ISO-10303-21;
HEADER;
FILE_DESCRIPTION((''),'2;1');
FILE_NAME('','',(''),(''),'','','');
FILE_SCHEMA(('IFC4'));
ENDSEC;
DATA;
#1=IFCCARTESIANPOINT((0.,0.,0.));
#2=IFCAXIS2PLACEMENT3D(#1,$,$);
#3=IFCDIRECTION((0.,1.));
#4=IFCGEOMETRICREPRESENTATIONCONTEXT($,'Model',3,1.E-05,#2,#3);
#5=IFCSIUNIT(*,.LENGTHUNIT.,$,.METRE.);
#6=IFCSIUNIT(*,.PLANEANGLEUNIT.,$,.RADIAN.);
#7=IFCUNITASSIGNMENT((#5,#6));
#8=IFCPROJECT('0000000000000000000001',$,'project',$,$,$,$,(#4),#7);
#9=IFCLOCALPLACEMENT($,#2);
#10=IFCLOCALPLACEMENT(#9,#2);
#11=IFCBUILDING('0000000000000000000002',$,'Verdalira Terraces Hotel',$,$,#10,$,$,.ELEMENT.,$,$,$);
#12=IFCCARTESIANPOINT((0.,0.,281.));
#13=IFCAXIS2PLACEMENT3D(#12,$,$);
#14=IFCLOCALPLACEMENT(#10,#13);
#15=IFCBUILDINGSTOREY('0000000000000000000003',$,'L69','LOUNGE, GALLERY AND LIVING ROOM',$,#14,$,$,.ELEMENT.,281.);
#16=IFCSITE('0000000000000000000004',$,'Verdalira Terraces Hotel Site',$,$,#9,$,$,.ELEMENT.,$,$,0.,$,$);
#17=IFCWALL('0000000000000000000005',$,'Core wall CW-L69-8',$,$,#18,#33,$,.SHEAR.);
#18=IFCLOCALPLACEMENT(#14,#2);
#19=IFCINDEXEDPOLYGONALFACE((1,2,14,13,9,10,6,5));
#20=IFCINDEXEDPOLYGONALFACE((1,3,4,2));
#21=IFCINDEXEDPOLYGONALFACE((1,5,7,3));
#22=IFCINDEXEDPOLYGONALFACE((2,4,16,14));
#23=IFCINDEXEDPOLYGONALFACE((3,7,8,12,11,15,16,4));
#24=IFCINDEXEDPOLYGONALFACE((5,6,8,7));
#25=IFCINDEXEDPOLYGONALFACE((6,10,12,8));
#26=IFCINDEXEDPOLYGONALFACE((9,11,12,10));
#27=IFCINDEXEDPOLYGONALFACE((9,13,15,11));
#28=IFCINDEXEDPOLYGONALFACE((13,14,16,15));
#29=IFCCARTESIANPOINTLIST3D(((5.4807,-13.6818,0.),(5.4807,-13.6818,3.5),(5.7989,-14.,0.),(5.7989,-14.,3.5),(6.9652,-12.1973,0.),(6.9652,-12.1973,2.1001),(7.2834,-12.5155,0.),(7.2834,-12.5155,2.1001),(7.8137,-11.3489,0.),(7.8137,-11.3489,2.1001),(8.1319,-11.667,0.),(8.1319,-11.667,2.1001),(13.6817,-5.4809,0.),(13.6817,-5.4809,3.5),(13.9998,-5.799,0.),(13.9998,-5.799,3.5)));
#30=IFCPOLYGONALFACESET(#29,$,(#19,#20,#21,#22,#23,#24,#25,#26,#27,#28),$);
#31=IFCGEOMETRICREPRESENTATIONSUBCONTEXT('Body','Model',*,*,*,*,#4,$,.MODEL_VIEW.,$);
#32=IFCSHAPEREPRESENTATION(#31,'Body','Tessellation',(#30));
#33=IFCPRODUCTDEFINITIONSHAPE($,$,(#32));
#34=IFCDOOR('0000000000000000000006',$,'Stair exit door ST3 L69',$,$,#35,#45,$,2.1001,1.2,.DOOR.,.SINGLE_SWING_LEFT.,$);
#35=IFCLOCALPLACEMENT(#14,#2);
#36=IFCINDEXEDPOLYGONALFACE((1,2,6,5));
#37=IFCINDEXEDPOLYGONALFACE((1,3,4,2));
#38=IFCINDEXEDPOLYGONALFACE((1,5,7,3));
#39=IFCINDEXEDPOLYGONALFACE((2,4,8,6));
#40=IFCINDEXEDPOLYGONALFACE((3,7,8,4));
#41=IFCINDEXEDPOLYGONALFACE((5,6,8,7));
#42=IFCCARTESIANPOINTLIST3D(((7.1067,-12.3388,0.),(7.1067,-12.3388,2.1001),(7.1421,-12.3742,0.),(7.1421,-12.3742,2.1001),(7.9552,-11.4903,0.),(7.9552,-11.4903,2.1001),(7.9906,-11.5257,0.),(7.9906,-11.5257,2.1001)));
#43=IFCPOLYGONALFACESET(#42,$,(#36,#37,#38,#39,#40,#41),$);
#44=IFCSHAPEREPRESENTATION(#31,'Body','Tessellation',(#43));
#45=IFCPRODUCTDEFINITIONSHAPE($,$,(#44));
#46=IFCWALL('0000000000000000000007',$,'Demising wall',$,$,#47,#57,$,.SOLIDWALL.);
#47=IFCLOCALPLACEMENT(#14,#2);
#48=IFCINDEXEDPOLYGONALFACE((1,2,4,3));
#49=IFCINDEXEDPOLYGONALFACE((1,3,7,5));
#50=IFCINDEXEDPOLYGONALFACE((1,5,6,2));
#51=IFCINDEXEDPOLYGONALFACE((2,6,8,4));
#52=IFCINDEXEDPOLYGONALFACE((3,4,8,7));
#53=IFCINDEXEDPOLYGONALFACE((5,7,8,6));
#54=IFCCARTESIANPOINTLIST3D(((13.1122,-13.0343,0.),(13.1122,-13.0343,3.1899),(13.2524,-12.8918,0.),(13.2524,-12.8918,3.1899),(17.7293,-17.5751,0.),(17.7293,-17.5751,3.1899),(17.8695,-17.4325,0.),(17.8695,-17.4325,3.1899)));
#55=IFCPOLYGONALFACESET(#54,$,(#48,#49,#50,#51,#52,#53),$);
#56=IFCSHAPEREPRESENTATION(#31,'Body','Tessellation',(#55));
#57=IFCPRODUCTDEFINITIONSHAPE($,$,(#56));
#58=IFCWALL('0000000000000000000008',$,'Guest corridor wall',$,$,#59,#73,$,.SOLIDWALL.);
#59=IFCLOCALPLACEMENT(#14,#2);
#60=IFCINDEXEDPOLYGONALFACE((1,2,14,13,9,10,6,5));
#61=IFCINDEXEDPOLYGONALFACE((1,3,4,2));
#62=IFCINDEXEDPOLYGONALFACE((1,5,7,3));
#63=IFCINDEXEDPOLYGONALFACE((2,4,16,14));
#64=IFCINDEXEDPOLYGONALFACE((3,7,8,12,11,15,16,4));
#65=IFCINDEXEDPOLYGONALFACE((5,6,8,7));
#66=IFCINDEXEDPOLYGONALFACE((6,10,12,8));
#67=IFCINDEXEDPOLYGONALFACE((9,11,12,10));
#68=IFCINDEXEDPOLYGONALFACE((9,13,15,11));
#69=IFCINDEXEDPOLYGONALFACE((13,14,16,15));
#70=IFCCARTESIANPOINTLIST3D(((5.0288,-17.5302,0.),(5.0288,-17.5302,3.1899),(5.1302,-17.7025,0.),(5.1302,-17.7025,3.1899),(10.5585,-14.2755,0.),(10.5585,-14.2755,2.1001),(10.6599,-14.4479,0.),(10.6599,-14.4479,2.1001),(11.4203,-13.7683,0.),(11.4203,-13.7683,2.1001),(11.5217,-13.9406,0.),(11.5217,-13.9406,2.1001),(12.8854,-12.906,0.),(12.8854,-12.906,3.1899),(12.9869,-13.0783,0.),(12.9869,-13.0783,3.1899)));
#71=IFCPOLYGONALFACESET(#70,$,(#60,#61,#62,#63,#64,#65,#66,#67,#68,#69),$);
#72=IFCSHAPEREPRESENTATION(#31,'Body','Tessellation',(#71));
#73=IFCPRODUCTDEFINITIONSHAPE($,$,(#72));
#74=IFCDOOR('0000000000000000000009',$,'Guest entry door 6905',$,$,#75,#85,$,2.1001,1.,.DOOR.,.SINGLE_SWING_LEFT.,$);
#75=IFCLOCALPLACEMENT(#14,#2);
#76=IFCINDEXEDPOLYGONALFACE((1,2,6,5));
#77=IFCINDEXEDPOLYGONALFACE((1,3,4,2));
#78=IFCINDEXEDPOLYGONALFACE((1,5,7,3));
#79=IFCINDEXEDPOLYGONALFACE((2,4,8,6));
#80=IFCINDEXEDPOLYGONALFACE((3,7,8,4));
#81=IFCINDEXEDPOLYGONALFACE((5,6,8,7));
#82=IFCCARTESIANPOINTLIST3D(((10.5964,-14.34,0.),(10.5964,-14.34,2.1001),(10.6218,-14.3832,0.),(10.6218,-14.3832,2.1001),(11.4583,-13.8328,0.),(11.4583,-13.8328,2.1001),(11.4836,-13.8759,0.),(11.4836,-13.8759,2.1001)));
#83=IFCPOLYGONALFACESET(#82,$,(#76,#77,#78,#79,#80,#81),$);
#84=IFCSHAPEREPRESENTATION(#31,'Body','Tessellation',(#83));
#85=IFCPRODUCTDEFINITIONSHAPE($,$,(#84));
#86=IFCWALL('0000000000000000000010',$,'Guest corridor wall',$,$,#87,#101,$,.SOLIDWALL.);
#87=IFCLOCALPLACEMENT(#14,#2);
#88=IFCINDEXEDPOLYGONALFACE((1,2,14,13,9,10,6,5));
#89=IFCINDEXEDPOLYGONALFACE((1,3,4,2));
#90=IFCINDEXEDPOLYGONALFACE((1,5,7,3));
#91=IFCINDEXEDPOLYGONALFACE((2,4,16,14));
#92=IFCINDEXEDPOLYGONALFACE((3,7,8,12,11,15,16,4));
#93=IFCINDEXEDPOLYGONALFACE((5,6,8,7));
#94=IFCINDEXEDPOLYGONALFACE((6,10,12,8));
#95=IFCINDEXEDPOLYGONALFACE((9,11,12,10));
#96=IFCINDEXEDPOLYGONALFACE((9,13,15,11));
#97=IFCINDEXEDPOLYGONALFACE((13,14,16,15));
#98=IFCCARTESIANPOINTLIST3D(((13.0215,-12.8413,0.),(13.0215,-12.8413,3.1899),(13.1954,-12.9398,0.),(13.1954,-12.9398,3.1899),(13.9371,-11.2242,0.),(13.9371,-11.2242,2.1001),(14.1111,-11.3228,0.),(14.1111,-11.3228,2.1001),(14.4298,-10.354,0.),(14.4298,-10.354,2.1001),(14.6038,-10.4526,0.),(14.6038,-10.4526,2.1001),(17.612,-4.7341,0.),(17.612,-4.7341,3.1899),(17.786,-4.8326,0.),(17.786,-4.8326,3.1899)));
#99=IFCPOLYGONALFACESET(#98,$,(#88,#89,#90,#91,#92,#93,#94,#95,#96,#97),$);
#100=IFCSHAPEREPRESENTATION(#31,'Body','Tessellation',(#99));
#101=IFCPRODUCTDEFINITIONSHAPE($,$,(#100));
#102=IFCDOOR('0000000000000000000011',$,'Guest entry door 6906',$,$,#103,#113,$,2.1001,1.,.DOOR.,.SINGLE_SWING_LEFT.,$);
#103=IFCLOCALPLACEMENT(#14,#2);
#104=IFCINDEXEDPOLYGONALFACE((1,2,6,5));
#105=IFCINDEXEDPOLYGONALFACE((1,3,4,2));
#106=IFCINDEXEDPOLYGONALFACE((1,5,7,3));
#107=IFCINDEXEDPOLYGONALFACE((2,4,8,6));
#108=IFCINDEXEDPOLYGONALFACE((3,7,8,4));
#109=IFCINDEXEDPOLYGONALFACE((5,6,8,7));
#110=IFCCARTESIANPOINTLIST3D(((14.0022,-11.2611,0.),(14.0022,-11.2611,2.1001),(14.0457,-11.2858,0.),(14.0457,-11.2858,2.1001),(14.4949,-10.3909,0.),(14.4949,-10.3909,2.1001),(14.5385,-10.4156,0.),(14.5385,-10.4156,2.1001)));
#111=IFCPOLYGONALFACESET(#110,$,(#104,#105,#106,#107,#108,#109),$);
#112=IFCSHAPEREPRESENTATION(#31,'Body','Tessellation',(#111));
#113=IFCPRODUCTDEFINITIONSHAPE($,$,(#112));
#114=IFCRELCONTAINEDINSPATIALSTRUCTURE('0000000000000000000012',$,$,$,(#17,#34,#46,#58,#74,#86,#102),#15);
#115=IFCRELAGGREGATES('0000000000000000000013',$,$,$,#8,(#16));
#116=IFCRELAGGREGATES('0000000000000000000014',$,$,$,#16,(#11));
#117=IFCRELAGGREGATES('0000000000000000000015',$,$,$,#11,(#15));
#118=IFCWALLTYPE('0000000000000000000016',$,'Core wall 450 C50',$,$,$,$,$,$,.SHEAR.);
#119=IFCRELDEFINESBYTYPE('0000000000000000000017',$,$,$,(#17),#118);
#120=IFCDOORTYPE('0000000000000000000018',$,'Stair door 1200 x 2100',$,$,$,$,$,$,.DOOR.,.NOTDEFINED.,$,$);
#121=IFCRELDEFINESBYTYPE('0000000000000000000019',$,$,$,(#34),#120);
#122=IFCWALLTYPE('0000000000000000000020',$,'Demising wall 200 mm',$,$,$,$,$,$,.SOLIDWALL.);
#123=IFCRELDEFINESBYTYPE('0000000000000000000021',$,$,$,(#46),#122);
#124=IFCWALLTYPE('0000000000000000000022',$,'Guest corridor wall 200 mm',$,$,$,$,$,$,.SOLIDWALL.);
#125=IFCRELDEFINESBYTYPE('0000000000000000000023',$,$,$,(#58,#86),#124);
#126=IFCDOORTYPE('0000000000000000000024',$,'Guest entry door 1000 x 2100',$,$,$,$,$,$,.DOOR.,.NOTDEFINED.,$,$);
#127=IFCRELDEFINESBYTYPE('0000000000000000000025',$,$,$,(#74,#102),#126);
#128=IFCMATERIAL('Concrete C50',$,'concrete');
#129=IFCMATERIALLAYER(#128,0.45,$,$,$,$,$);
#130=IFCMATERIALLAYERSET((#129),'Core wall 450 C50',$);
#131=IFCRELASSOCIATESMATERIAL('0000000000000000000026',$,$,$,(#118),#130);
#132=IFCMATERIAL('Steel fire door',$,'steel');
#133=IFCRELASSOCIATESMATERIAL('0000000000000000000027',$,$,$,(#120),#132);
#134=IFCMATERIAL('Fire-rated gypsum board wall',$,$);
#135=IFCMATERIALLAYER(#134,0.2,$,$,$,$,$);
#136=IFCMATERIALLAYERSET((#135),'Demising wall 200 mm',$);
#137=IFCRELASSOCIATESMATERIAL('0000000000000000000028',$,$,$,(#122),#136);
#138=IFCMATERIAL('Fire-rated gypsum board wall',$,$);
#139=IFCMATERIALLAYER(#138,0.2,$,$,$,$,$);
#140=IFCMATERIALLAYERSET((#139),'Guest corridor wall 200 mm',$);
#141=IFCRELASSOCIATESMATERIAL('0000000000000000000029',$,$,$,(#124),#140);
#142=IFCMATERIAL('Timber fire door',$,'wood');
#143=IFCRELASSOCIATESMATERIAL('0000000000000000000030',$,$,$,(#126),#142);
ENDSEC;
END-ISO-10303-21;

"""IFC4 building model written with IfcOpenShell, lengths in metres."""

from ifc_helpers import new_model, si_unit, direction, frame, frame_2d, origin, place, context, subcontext, project, spatial, rectangle, extrude, material, layer, layer_set, type_object, element, fill, save


model = new_model("IFC4")

# Units and contexts
model_context = context("Model", 3, precision=1e-05, world=origin(), true_north=direction((0.0, 1.0)))
body_context = subcontext(model_context, "Body", "Model", "MODEL_VIEW")
ifc_project = project(units=[si_unit("LENGTHUNIT", "METRE"), si_unit("PLANEANGLEUNIT", "RADIAN")], contexts=[model_context])

# Site, building, storey
site_placement = place(None, origin())
site = spatial("IfcSite", under=ifc_project, at=site_placement, Name="Verdalira Terraces Hotel Site", CompositionType="ELEMENT", RefElevation=0.0)
building_placement = place(site_placement, origin())
building = spatial("IfcBuilding", under=site, at=building_placement, Name="Verdalira Terraces Hotel", CompositionType="ELEMENT")
storey_placement = place(building_placement, frame((0.0, 0.0, 281.0)))
storey = spatial("IfcBuildingStorey", under=building, at=storey_placement, Name="L69", Description="LOUNGE, GALLERY AND LIVING ROOM", CompositionType="ELEMENT", Elevation=281.0)

# Wall, opening, door
ifc_material_1 = material(Name="Concrete C50", Category="concrete")
ifc_layer_1 = layer(ifc_material_1, 0.45)
ifc_layer_set_1 = layer_set([ifc_layer_1], Name="Core wall 450 C50")
wall_type_1 = type_object("IfcWallType", Name="Core wall 450 C50", PredefinedType="SHEAR", material=ifc_layer_set_1)
wall_1_placement = place(storey_placement, frame((5.6399, -13.8408, 0.0), z_axis=(0.0, 0.0, 1.0), x_axis=(0.707107, 0.707107, 0.0)))
wall_1 = element("IfcWall", 1, at=wall_1_placement, inside=storey, type_object=wall_type_1, Name="Core wall CW-L69-8", PredefinedType="SHEAR", context=body_context, shape_type="SweptSolid", body=[
    extrude(rectangle(XDim=11.5979, YDim=0.45, at=frame_2d((5.7988, 0.0))), origin(), (0.0, 0.0, 1.0), 3.5),
])
opening_1_placement = place(wall_1_placement, frame((2.0991, 0.0, 0.0)))
opening_1 = element("IfcOpeningElement", 2, at=opening_1_placement, cuts=wall_1, PredefinedType="OPENING", context=body_context, shape_type="SweptSolid", body=[
    extrude(rectangle(XDim=1.2, YDim=2.1001, at=frame_2d((0.6001, 1.05))), frame((0.0, 0.2349, 0.0), z_axis=(0.0, -1.0, 0.0), x_axis=(1.0, 0.0, 0.0)), (0.0, 0.0, 1.0), 0.47),
])
ifc_material_2 = material(Name="Steel fire door", Category="steel")
door_type_1 = type_object("IfcDoorType", Name="Stair door 1200 x 2100", OperationType="NOTDEFINED", PredefinedType="DOOR", material=ifc_material_2)
door_1_placement = place(opening_1_placement, origin())
door_1 = element("IfcDoor", 3, at=door_1_placement, inside=storey, type_object=door_type_1, Name="Stair exit door ST3 L69", OperationType="SINGLE_SWING_LEFT", OverallHeight=2.1001, OverallWidth=1.2, PredefinedType="DOOR", context=body_context, shape_type="SweptSolid", body=[
    extrude(rectangle(XDim=1.2, YDim=2.1001, at=frame_2d((0.6001, 1.05))), frame((0.0, 0.0249, 0.0), z_axis=(0.0, -1.0, 0.0), x_axis=(1.0, 0.0, 0.0)), (0.0, 0.0, 1.0), 0.05),
])
fill(opening_1, door_1)

# Wall
ifc_material_3 = material(Name="Fire-rated gypsum board wall")
ifc_layer_2 = layer(ifc_material_3, 0.2)
ifc_layer_set_2 = layer_set([ifc_layer_2], Name="Demising wall 200 mm")
wall_type_2 = type_object("IfcWallType", Name="Demising wall 200 mm", PredefinedType="SOLIDWALL", material=ifc_layer_set_2)
wall_2_placement = place(storey_placement, frame((13.1824, -12.9631, 0.0), z_axis=(0.0, 0.0, 1.0), x_axis=(0.712982, -0.701182, 0.0)))
element("IfcWall", 4, at=wall_2_placement, inside=storey, type_object=wall_type_2, Name="Demising wall", PredefinedType="SOLIDWALL", context=body_context, shape_type="SweptSolid", body=[
    extrude(rectangle(XDim=6.4758, YDim=0.2, at=frame_2d((3.2378, 0.0))), origin(), (0.0, 0.0, 1.0), 3.1899),
])

# Walls, openings, doors
ifc_material_4 = material(Name="Fire-rated gypsum board wall")
ifc_layer_3 = layer(ifc_material_4, 0.2)
ifc_layer_set_3 = layer_set([ifc_layer_3], Name="Guest corridor wall 200 mm")
wall_type_3 = type_object("IfcWallType", Name="Guest corridor wall 200 mm", PredefinedType="SOLIDWALL", material=ifc_layer_set_3)
wall_3_placement = place(storey_placement, frame((12.936, -12.9922, 0.0), z_axis=(0.0, 0.0, 1.0), x_axis=(-0.861805, -0.507239, 0.0)))
wall_3 = element("IfcWall", 5, at=wall_3_placement, inside=storey, type_object=wall_type_3, Name="Guest corridor wall", PredefinedType="SOLIDWALL", context=body_context, shape_type="SweptSolid", body=[
    extrude(rectangle(XDim=9.1165, YDim=0.2, at=frame_2d((4.5581, 0.0))), origin(), (0.0, 0.0, 1.0), 3.1899),
])
opening_2_placement = place(wall_3_placement, frame((1.7, 0.0, 0.0)))
opening_2 = element("IfcOpeningElement", 6, at=opening_2_placement, cuts=wall_3, PredefinedType="OPENING", context=body_context, shape_type="SweptSolid", body=[
    extrude(rectangle(XDim=1.0, YDim=2.1001, at=frame_2d((0.5, 1.05))), frame((0.0, 0.1099, 0.0), z_axis=(0.0, -1.0, 0.0), x_axis=(1.0, 0.0, 0.0)), (0.0, 0.0, 1.0), 0.22),
])
ifc_material_5 = material(Name="Timber fire door", Category="wood")
door_type_2 = type_object("IfcDoorType", Name="Guest entry door 1000 x 2100", OperationType="NOTDEFINED", PredefinedType="DOOR", material=ifc_material_5)
door_2_placement = place(opening_2_placement, origin())
door_2 = element("IfcDoor", 7, at=door_2_placement, inside=storey, type_object=door_type_2, Name="Guest entry door 6905", OperationType="SINGLE_SWING_LEFT", OverallHeight=2.1001, OverallWidth=1.0, PredefinedType="DOOR", context=body_context, shape_type="SweptSolid", body=[
    extrude(rectangle(XDim=1.0, YDim=2.1001, at=frame_2d((0.5, 1.05))), frame((0.0, 0.0249, 0.0), z_axis=(0.0, -1.0, 0.0), x_axis=(1.0, 0.0, 0.0)), (0.0, 0.0, 1.0), 0.05),
])
fill(opening_2, door_2)
wall_4_placement = place(storey_placement, frame((17.699, -4.7834, 0.0), z_axis=(0.0, 0.0, 1.0), x_axis=(-0.492729, -0.870183, 0.0)))
wall_4 = element("IfcWall", 8, at=wall_4_placement, inside=storey, type_object=wall_type_3, Name="Guest corridor wall", PredefinedType="SOLIDWALL", context=body_context, shape_type="SweptSolid", body=[
    extrude(rectangle(XDim=9.3166, YDim=0.2, at=frame_2d((4.6582, 0.0))), origin(), (0.0, 0.0, 1.0), 3.1899),
])
opening_3_placement = place(wall_4_placement, frame((6.4583, 0.0, 0.0)))
opening_3 = element("IfcOpeningElement", 9, at=opening_3_placement, cuts=wall_4, PredefinedType="OPENING", context=body_context, shape_type="SweptSolid", body=[
    extrude(rectangle(XDim=1.0, YDim=2.1001, at=frame_2d((0.5, 1.05))), frame((0.0, 0.1099, 0.0), z_axis=(0.0, -1.0, 0.0), x_axis=(1.0, 0.0, 0.0)), (0.0, 0.0, 1.0), 0.22),
])
door_3_placement = place(opening_3_placement, origin())
door_3 = element("IfcDoor", 10, at=door_3_placement, inside=storey, type_object=door_type_2, Name="Guest entry door 6906", OperationType="SINGLE_SWING_LEFT", OverallHeight=2.1001, OverallWidth=1.0, PredefinedType="DOOR", context=body_context, shape_type="SweptSolid", body=[
    extrude(rectangle(XDim=1.0, YDim=2.1001, at=frame_2d((0.5, 1.05))), frame((0.0, 0.0249, 0.0), z_axis=(0.0, -1.0, 0.0), x_axis=(1.0, 0.0, 0.0)), (0.0, 0.0, 1.0), 0.05),
])
fill(opening_3, door_3)

save(model, "model.ifc")
